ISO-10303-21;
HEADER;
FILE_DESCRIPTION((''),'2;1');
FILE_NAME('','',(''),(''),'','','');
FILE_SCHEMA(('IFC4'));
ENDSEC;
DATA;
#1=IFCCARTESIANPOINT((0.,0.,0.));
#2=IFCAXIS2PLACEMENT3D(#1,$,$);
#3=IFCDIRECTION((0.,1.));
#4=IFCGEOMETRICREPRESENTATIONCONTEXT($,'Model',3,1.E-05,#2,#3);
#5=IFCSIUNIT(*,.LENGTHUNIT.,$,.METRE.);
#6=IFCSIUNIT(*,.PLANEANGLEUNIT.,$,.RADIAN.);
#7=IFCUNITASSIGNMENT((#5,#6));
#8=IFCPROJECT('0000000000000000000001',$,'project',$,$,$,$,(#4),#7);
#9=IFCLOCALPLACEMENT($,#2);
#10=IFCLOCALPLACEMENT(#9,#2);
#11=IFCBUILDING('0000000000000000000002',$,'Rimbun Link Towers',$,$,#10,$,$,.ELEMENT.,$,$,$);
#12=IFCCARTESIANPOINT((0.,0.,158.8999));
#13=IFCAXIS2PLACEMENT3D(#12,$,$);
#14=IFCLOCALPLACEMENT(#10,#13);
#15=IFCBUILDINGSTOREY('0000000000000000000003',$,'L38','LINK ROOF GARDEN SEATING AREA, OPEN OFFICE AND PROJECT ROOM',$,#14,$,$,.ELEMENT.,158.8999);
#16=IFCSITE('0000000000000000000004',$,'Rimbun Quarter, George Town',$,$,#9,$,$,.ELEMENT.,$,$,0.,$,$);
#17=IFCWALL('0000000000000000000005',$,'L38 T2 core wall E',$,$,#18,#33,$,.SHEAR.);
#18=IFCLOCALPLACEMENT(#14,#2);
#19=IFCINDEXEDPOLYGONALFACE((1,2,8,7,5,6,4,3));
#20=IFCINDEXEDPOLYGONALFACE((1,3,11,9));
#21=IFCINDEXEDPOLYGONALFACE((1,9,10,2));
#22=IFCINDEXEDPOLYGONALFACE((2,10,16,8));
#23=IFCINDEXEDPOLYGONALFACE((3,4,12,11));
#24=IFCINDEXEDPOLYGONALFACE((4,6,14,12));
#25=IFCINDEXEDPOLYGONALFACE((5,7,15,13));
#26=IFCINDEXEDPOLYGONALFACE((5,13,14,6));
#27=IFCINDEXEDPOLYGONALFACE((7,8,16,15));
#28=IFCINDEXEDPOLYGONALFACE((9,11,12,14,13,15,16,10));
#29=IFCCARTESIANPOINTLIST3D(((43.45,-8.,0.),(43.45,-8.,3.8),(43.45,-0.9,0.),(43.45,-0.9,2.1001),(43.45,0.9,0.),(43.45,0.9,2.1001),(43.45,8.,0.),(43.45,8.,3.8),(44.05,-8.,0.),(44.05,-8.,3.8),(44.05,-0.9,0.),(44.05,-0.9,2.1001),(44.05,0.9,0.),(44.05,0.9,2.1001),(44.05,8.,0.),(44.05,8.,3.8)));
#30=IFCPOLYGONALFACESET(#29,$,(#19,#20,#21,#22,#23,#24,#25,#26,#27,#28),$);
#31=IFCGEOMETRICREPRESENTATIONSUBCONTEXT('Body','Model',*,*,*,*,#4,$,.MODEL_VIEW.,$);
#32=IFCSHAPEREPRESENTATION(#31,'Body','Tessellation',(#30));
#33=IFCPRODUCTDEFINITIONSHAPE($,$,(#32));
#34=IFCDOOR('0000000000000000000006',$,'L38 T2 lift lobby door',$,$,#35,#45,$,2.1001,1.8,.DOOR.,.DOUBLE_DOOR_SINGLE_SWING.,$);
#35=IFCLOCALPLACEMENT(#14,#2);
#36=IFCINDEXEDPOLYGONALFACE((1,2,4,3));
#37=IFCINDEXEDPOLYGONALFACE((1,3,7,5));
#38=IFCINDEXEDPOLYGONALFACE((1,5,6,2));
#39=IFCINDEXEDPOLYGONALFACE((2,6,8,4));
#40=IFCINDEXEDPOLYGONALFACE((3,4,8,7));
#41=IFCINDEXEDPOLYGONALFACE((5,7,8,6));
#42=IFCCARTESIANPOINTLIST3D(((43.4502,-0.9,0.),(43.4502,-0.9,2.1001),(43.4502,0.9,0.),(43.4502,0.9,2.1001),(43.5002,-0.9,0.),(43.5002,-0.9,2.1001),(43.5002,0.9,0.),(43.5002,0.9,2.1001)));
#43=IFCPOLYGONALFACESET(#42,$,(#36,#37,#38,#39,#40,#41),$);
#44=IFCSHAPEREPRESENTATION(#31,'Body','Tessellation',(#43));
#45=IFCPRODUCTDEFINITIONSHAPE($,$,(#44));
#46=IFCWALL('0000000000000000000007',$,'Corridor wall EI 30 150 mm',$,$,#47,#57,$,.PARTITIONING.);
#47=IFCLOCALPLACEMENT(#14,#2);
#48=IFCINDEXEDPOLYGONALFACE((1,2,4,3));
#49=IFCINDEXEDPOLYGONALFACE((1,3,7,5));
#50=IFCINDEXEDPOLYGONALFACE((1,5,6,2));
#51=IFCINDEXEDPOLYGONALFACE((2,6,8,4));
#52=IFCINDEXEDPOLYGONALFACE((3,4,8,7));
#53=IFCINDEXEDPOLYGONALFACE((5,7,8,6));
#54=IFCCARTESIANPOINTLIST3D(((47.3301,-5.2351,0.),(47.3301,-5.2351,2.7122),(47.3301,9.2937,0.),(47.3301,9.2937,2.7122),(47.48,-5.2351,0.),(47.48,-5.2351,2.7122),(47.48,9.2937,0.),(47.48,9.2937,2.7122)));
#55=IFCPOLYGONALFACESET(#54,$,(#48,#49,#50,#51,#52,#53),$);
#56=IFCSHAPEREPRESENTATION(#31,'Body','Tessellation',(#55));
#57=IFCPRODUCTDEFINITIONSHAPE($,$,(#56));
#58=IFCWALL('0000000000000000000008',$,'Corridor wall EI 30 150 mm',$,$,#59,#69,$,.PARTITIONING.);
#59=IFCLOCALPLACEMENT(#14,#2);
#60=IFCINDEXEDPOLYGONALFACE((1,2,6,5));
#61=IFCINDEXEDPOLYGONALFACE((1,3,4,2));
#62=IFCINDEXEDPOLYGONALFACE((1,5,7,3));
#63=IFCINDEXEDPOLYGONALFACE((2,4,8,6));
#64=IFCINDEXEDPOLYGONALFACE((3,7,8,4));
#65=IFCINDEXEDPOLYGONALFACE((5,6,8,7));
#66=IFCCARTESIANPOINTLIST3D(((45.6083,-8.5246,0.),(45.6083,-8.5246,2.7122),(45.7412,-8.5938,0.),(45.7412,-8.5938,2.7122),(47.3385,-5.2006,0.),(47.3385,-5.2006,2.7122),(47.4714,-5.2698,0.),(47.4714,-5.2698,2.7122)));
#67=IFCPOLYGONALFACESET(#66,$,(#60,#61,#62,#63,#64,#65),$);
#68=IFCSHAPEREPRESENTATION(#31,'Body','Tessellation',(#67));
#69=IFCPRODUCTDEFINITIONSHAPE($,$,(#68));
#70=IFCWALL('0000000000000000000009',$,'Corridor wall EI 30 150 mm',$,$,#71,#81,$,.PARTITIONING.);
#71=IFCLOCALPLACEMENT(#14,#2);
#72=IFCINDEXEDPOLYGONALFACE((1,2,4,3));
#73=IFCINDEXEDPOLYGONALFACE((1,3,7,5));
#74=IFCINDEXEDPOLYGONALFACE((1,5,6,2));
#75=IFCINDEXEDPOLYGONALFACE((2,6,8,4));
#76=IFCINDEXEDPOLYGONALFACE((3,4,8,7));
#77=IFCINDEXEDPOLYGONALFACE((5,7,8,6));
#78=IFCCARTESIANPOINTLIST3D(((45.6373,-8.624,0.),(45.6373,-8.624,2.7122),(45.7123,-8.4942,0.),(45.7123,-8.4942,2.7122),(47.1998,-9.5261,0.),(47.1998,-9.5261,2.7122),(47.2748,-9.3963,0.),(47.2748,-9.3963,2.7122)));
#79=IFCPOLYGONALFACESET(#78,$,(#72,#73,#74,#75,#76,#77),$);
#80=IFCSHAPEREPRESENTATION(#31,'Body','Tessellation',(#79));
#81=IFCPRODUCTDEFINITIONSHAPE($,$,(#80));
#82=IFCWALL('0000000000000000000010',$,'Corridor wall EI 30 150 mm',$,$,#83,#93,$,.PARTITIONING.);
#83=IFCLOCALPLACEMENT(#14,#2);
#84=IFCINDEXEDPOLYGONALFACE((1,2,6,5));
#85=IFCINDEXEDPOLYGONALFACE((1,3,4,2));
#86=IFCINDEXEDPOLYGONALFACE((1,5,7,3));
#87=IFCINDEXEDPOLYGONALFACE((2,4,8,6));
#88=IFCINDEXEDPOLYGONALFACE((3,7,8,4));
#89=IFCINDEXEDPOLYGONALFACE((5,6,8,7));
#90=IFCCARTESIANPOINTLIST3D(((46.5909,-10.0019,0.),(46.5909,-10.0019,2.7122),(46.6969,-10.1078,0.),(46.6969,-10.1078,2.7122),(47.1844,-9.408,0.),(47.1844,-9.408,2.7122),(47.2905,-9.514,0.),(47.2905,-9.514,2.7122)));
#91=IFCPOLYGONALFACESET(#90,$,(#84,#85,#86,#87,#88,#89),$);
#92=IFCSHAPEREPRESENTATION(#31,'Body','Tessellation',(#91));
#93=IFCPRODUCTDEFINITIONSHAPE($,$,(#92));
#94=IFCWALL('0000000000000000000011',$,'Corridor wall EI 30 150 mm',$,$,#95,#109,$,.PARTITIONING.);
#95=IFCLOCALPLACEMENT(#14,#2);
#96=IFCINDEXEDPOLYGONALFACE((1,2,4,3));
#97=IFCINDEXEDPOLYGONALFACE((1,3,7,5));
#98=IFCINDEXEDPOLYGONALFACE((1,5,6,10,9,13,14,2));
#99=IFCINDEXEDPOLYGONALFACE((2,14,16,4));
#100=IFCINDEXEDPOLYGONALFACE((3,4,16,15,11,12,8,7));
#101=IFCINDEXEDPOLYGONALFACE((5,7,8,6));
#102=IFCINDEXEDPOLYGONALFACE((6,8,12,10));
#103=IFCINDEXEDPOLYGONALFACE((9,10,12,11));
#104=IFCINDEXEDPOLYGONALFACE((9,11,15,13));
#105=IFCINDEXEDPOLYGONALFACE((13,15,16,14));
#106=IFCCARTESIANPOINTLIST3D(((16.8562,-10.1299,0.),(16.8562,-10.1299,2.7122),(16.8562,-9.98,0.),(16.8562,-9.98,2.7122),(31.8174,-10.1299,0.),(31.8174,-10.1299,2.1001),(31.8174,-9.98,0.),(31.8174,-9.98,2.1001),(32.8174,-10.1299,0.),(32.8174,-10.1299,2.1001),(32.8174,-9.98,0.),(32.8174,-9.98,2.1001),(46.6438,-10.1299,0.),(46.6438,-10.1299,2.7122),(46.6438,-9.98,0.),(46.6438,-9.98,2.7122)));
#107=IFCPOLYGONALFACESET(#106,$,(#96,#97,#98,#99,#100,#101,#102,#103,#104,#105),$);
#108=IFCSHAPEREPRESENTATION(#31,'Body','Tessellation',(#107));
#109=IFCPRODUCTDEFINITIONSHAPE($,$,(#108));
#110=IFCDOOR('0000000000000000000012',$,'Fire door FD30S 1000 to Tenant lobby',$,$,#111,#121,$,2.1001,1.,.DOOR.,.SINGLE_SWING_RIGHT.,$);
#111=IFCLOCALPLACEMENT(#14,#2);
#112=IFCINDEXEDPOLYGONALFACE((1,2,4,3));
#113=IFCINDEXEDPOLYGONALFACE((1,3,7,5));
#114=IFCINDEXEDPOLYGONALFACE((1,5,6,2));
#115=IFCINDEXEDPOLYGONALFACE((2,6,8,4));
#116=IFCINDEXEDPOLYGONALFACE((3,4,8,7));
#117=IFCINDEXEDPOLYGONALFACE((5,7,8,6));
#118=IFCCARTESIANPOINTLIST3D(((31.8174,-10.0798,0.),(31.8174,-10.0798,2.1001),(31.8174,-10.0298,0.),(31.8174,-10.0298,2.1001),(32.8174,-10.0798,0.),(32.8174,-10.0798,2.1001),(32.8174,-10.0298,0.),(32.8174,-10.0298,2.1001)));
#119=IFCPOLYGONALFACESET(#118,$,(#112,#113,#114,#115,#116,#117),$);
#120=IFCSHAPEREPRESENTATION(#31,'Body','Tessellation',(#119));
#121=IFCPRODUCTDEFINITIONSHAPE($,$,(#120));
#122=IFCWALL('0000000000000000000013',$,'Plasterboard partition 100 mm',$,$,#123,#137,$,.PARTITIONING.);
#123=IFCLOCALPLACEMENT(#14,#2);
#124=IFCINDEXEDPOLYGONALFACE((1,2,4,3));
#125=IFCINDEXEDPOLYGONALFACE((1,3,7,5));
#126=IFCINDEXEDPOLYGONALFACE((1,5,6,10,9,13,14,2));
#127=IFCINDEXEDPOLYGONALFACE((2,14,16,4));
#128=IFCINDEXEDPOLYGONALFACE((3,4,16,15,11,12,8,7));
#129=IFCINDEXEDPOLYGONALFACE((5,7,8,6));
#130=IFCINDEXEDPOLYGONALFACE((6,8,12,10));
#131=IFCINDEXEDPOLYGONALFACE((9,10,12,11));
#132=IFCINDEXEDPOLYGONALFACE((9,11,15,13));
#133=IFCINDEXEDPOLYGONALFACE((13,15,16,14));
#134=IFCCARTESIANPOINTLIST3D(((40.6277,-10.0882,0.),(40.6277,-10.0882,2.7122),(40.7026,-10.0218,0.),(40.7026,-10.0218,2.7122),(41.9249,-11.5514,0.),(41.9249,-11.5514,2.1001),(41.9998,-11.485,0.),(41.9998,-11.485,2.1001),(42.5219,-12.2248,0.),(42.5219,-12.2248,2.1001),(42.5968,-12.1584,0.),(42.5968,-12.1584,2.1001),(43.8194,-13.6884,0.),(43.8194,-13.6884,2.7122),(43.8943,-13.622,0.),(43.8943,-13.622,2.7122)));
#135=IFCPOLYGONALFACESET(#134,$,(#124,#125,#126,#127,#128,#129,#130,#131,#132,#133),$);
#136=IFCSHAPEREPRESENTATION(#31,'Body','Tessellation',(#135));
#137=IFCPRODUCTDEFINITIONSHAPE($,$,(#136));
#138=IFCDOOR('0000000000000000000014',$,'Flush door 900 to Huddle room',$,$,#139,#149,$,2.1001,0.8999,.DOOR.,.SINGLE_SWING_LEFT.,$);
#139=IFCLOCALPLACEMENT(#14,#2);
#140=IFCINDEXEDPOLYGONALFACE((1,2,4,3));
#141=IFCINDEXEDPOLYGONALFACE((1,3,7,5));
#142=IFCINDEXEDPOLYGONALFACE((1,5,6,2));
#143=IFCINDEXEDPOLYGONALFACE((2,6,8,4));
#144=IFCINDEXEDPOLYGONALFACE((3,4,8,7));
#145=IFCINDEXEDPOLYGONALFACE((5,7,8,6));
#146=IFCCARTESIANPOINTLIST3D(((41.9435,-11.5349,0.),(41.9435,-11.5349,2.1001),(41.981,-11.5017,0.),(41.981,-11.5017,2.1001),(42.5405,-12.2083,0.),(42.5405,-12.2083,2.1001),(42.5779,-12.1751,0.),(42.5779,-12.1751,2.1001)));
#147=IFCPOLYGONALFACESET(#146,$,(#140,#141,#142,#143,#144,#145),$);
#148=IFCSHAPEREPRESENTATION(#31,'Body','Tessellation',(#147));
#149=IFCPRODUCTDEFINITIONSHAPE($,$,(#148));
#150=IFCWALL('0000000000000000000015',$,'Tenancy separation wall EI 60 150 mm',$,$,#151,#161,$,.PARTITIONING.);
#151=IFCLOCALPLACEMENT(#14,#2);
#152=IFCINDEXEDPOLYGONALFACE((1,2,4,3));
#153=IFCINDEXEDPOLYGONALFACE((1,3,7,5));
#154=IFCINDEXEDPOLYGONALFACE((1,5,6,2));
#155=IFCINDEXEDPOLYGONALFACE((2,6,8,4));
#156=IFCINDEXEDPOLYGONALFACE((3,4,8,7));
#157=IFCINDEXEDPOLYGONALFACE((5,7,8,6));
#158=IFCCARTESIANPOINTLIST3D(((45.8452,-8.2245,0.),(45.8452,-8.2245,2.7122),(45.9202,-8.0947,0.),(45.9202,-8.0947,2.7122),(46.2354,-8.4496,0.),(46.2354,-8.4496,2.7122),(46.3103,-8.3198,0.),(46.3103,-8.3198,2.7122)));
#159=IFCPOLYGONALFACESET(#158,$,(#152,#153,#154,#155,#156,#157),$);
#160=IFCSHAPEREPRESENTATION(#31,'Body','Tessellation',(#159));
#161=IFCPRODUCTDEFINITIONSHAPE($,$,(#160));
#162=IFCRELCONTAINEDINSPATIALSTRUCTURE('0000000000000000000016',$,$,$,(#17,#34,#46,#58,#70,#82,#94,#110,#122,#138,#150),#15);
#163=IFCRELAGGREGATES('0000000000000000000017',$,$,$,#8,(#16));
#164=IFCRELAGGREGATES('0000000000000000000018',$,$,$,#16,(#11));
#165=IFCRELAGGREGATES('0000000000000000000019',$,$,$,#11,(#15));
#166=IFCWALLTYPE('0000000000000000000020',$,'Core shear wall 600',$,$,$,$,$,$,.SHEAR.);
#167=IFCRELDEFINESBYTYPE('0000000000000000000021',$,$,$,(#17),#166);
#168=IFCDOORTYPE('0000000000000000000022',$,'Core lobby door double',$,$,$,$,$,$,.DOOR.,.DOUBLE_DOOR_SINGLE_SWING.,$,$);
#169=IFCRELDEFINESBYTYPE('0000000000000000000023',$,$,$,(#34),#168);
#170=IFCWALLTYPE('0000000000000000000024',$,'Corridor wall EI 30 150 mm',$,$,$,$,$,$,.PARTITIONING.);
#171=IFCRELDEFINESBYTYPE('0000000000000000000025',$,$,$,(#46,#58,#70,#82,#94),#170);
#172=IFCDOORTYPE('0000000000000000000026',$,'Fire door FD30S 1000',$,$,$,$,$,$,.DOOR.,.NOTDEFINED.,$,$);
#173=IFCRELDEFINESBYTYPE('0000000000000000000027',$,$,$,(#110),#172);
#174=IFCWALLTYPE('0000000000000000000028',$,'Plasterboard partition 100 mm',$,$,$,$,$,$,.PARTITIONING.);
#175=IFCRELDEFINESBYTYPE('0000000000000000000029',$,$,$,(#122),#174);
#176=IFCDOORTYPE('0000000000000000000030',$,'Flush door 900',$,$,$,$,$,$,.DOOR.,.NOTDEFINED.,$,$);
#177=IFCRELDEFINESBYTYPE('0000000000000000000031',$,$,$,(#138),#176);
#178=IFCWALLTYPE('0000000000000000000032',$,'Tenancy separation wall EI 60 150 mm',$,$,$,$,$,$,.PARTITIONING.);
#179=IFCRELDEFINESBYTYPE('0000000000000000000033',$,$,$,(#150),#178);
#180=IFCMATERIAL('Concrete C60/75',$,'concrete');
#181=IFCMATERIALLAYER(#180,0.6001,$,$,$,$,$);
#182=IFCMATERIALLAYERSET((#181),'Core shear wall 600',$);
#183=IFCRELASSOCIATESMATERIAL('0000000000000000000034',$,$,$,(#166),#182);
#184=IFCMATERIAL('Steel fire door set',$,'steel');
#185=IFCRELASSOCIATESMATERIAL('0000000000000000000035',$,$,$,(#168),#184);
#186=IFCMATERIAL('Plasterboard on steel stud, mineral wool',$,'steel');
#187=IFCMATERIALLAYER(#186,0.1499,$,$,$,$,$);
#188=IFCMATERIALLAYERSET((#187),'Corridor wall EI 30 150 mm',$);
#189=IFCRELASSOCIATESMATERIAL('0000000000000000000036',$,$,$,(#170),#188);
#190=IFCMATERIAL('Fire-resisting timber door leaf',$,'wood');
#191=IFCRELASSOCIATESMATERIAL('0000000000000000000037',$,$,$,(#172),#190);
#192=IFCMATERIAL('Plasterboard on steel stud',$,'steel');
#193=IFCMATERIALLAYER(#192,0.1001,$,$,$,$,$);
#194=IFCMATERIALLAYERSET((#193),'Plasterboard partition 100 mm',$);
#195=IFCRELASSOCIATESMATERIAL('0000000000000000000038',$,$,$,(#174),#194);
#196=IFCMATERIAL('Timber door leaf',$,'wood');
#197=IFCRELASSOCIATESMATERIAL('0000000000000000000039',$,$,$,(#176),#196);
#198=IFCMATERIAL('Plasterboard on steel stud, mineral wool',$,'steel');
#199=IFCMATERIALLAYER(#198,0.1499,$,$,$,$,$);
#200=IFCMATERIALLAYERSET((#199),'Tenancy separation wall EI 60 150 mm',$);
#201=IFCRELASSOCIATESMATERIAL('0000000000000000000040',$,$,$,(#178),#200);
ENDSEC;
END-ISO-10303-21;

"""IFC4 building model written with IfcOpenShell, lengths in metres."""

from ifc_helpers import new_model, si_unit, direction, frame, frame_2d, origin, place, context, subcontext, project, spatial, rectangle, extrude, material, layer, layer_set, type_object, element, fill, save


model = new_model("IFC4")

# Units and contexts
model_context = context("Model", 3, precision=1e-05, world=origin(), true_north=direction((0.0, 1.0)))
body_context = subcontext(model_context, "Body", "Model", "MODEL_VIEW")
ifc_project = project(units=[si_unit("LENGTHUNIT", "METRE"), si_unit("PLANEANGLEUNIT", "RADIAN")], contexts=[model_context])

# Site, building, storey
site_placement = place(None, origin())
site = spatial("IfcSite", under=ifc_project, at=site_placement, Name="Rimbun Quarter, George Town", CompositionType="ELEMENT", RefElevation=0.0)
building_placement = place(site_placement, origin())
building = spatial("IfcBuilding", under=site, at=building_placement, Name="Rimbun Link Towers", CompositionType="ELEMENT")
storey_placement = place(building_placement, frame((0.0, 0.0, 158.8999)))
storey = spatial("IfcBuildingStorey", under=building, at=storey_placement, Name="L38", Description="LINK ROOF GARDEN SEATING AREA, OPEN OFFICE AND PROJECT ROOM", CompositionType="ELEMENT", Elevation=158.8999)

# Wall, opening, door
ifc_material_1 = material(Name="Concrete C60/75", Category="concrete")
ifc_layer_1 = layer(ifc_material_1, 0.6001)
ifc_layer_set_1 = layer_set([ifc_layer_1], Name="Core shear wall 600")
wall_type_1 = type_object("IfcWallType", Name="Core shear wall 600", PredefinedType="SHEAR", material=ifc_layer_set_1)
wall_1_placement = place(storey_placement, frame((43.75, -8.0, 0.0), z_axis=(0.0, 0.0, 1.0), x_axis=(0.0, 1.0, 0.0)))
wall_1 = element("IfcWall", 1, at=wall_1_placement, inside=storey, type_object=wall_type_1, Name="L38 T2 core wall E", PredefinedType="SHEAR", context=body_context, shape_type="SweptSolid", body=[
    extrude(rectangle(XDim=16.0, YDim=0.6001, at=frame_2d((8.0, 0.0))), origin(), (0.0, 0.0, 1.0), 3.8),
])
opening_1_placement = place(wall_1_placement, frame((7.1001, 0.0, 0.0)))
opening_1 = element("IfcOpeningElement", 2, at=opening_1_placement, cuts=wall_1, PredefinedType="OPENING", context=body_context, shape_type="SweptSolid", body=[
    extrude(rectangle(XDim=1.8, YDim=2.1001, at=frame_2d((0.8999, 1.05))), frame((0.0, 0.3101, 0.0), z_axis=(0.0, -1.0, 0.0), x_axis=(1.0, 0.0, 0.0)), (0.0, 0.0, 1.0), 0.6201),
])
ifc_material_2 = material(Name="Steel fire door set", Category="steel")
door_type_1 = type_object("IfcDoorType", Name="Core lobby door double", OperationType="DOUBLE_DOOR_SINGLE_SWING", PredefinedType="DOOR", material=ifc_material_2)
door_1_placement = place(opening_1_placement, origin())
door_1 = element("IfcDoor", 3, at=door_1_placement, inside=storey, type_object=door_type_1, Name="L38 T2 lift lobby door", OperationType="DOUBLE_DOOR_SINGLE_SWING", OverallHeight=2.1001, OverallWidth=1.8, PredefinedType="DOOR", context=body_context, shape_type="SweptSolid", body=[
    extrude(rectangle(XDim=1.8, YDim=2.1001, at=frame_2d((0.8999, 1.05))), frame((0.0, 0.2998, 0.0), z_axis=(0.0, -1.0, 0.0), x_axis=(1.0, 0.0, 0.0)), (0.0, 0.0, 1.0), 0.05),
])
fill(opening_1, door_1)

# Walls
ifc_material_3 = material(Name="Plasterboard on steel stud, mineral wool", Category="steel")
ifc_layer_2 = layer(ifc_material_3, 0.1499)
ifc_layer_set_2 = layer_set([ifc_layer_2], Name="Corridor wall EI 30 150 mm")
wall_type_2 = type_object("IfcWallType", Name="Corridor wall EI 30 150 mm", PredefinedType="PARTITIONING", material=ifc_layer_set_2)
wall_2_placement = place(storey_placement, frame((47.405, -5.2351, 0.0), z_axis=(0.0, 0.0, 1.0), x_axis=(0.0, 1.0, 0.0)))
element("IfcWall", 4, at=wall_2_placement, inside=storey, type_object=wall_type_2, Name="Corridor wall EI 30 150 mm", PredefinedType="PARTITIONING", context=body_context, shape_type="SweptSolid", body=[
    extrude(rectangle(XDim=14.5288, YDim=0.1499, at=frame_2d((7.2644, 0.0))), origin(), (0.0, 0.0, 1.0), 2.7122),
])
wall_3_placement = place(storey_placement, frame((45.6748, -8.5591, 0.0), z_axis=(0.0, 0.0, 1.0), x_axis=(0.461722, 0.887025, 0.0)))
element("IfcWall", 5, at=wall_3_placement, inside=storey, type_object=wall_type_2, Name="Corridor wall EI 30 150 mm", PredefinedType="PARTITIONING", context=body_context, shape_type="SweptSolid", body=[
    extrude(rectangle(XDim=3.7473, YDim=0.1499, at=frame_2d((1.8735, 0.0))), origin(), (0.0, 0.0, 1.0), 2.7122),
])
wall_4_placement = place(storey_placement, frame((47.2373, -9.4612, 0.0), z_axis=(0.0, 0.0, 1.0), x_axis=(-0.866028, 0.499996, 0.0)))
element("IfcWall", 6, at=wall_4_placement, inside=storey, type_object=wall_type_2, Name="Corridor wall EI 30 150 mm", PredefinedType="PARTITIONING", context=body_context, shape_type="SweptSolid", body=[
    extrude(rectangle(XDim=1.8042, YDim=0.1499, at=frame_2d((0.9021, 0.0))), origin(), (0.0, 0.0, 1.0), 2.7122),
])
wall_5_placement = place(storey_placement, frame((46.6438, -10.0549, 0.0), z_axis=(0.0, 0.0, 1.0), x_axis=(0.706961, 0.707252, 0.0)))
element("IfcWall", 7, at=wall_5_placement, inside=storey, type_object=wall_type_2, Name="Corridor wall EI 30 150 mm", PredefinedType="PARTITIONING", context=body_context, shape_type="SweptSolid", body=[
    extrude(rectangle(XDim=0.8396, YDim=0.1499, at=frame_2d((0.4199, 0.0))), origin(), (0.0, 0.0, 1.0), 2.7122),
])

# Walls, openings, doors
wall_6_placement = place(storey_placement, frame((46.6438, -10.0549, 0.0), z_axis=(0.0, 0.0, 1.0), x_axis=(-1.0, 0.0, 0.0)))
wall_6 = element("IfcWall", 8, at=wall_6_placement, inside=storey, type_object=wall_type_2, Name="Corridor wall EI 30 150 mm", PredefinedType="PARTITIONING", context=body_context, shape_type="SweptSolid", body=[
    extrude(rectangle(XDim=29.7876, YDim=0.1499, at=frame_2d((14.8938, 0.0))), origin(), (0.0, 0.0, 1.0), 2.7122),
])
opening_2_placement = place(wall_6_placement, frame((13.8264, 0.0, 0.0)))
opening_2 = element("IfcOpeningElement", 9, at=opening_2_placement, cuts=wall_6, PredefinedType="OPENING", context=body_context, shape_type="SweptSolid", body=[
    extrude(rectangle(XDim=1.0, YDim=2.1001, at=frame_2d((0.5, 1.05))), frame((0.0, 0.085, 0.0), z_axis=(0.0, -1.0, 0.0), x_axis=(1.0, 0.0, 0.0)), (0.0, 0.0, 1.0), 0.1699),
])
ifc_material_4 = material(Name="Fire-resisting timber door leaf", Category="wood")
door_type_2 = type_object("IfcDoorType", Name="Fire door FD30S 1000", OperationType="NOTDEFINED", PredefinedType="DOOR", material=ifc_material_4)
door_2_placement = place(opening_2_placement, origin())
door_2 = element("IfcDoor", 10, at=door_2_placement, inside=storey, type_object=door_type_2, Name="Fire door FD30S 1000 to Tenant lobby", OperationType="SINGLE_SWING_RIGHT", OverallHeight=2.1001, OverallWidth=1.0, PredefinedType="DOOR", context=body_context, shape_type="SweptSolid", body=[
    extrude(rectangle(XDim=1.0, YDim=2.1001, at=frame_2d((0.5, 1.05))), frame((0.0, 0.0249, 0.0), z_axis=(0.0, -1.0, 0.0), x_axis=(1.0, 0.0, 0.0)), (0.0, 0.0, 1.0), 0.05),
])
fill(opening_2, door_2)
ifc_material_5 = material(Name="Plasterboard on steel stud", Category="steel")
ifc_layer_3 = layer(ifc_material_5, 0.1001)
ifc_layer_set_3 = layer_set([ifc_layer_3], Name="Plasterboard partition 100 mm")
wall_type_3 = type_object("IfcWallType", Name="Plasterboard partition 100 mm", PredefinedType="PARTITIONING", material=ifc_layer_set_3)
wall_7_placement = place(storey_placement, frame((40.665, -10.0549, 0.0), z_axis=(0.0, 0.0, 1.0), x_axis=(0.663384, -0.748279, 0.0)))
wall_7 = element("IfcWall", 11, at=wall_7_placement, inside=storey, type_object=wall_type_3, Name="Plasterboard partition 100 mm", PredefinedType="PARTITIONING", context=body_context, shape_type="SweptSolid", body=[
    extrude(rectangle(XDim=4.8113, YDim=0.1001, at=frame_2d((2.4058, 0.0))), origin(), (0.0, 0.0, 1.0), 2.7122),
])
opening_3_placement = place(wall_7_placement, frame((1.9556, 0.0, 0.0)))
opening_3 = element("IfcOpeningElement", 12, at=opening_3_placement, cuts=wall_7, PredefinedType="OPENING", context=body_context, shape_type="SweptSolid", body=[
    extrude(rectangle(XDim=0.8999, YDim=2.1001, at=frame_2d((0.45, 1.05))), frame((0.0, 0.0601, 0.0), z_axis=(0.0, -1.0, 0.0), x_axis=(1.0, 0.0, 0.0)), (0.0, 0.0, 1.0), 0.1201),
])
ifc_material_6 = material(Name="Timber door leaf", Category="wood")
door_type_3 = type_object("IfcDoorType", Name="Flush door 900", OperationType="NOTDEFINED", PredefinedType="DOOR", material=ifc_material_6)
door_3_placement = place(opening_3_placement, origin())
door_3 = element("IfcDoor", 13, at=door_3_placement, inside=storey, type_object=door_type_3, Name="Flush door 900 to Huddle room", OperationType="SINGLE_SWING_LEFT", OverallHeight=2.1001, OverallWidth=0.8999, PredefinedType="DOOR", context=body_context, shape_type="SweptSolid", body=[
    extrude(rectangle(XDim=0.8999, YDim=2.1001, at=frame_2d((0.45, 1.05))), frame((0.0, 0.0249, 0.0), z_axis=(0.0, -1.0, 0.0), x_axis=(1.0, 0.0, 0.0)), (0.0, 0.0, 1.0), 0.05),
])
fill(opening_3, door_3)

# Wall
ifc_material_7 = material(Name="Plasterboard on steel stud, mineral wool", Category="steel")
ifc_layer_4 = layer(ifc_material_7, 0.1499)
ifc_layer_set_4 = layer_set([ifc_layer_4], Name="Tenancy separation wall EI 60 150 mm")
wall_type_4 = type_object("IfcWallType", Name="Tenancy separation wall EI 60 150 mm", PredefinedType="PARTITIONING", material=ifc_layer_set_4)
wall_8_placement = place(storey_placement, frame((45.8828, -8.1597, 0.0), z_axis=(0.0, 0.0, 1.0), x_axis=(0.866168, -0.499754, 0.0)))
element("IfcWall", 14, at=wall_8_placement, inside=storey, type_object=wall_type_4, Name="Tenancy separation wall EI 60 150 mm", PredefinedType="PARTITIONING", context=body_context, shape_type="SweptSolid", body=[
    extrude(rectangle(XDim=0.4504, YDim=0.1499, at=frame_2d((0.2251, 0.0))), origin(), (0.0, 0.0, 1.0), 2.7122),
])

save(model, "model.ifc")
